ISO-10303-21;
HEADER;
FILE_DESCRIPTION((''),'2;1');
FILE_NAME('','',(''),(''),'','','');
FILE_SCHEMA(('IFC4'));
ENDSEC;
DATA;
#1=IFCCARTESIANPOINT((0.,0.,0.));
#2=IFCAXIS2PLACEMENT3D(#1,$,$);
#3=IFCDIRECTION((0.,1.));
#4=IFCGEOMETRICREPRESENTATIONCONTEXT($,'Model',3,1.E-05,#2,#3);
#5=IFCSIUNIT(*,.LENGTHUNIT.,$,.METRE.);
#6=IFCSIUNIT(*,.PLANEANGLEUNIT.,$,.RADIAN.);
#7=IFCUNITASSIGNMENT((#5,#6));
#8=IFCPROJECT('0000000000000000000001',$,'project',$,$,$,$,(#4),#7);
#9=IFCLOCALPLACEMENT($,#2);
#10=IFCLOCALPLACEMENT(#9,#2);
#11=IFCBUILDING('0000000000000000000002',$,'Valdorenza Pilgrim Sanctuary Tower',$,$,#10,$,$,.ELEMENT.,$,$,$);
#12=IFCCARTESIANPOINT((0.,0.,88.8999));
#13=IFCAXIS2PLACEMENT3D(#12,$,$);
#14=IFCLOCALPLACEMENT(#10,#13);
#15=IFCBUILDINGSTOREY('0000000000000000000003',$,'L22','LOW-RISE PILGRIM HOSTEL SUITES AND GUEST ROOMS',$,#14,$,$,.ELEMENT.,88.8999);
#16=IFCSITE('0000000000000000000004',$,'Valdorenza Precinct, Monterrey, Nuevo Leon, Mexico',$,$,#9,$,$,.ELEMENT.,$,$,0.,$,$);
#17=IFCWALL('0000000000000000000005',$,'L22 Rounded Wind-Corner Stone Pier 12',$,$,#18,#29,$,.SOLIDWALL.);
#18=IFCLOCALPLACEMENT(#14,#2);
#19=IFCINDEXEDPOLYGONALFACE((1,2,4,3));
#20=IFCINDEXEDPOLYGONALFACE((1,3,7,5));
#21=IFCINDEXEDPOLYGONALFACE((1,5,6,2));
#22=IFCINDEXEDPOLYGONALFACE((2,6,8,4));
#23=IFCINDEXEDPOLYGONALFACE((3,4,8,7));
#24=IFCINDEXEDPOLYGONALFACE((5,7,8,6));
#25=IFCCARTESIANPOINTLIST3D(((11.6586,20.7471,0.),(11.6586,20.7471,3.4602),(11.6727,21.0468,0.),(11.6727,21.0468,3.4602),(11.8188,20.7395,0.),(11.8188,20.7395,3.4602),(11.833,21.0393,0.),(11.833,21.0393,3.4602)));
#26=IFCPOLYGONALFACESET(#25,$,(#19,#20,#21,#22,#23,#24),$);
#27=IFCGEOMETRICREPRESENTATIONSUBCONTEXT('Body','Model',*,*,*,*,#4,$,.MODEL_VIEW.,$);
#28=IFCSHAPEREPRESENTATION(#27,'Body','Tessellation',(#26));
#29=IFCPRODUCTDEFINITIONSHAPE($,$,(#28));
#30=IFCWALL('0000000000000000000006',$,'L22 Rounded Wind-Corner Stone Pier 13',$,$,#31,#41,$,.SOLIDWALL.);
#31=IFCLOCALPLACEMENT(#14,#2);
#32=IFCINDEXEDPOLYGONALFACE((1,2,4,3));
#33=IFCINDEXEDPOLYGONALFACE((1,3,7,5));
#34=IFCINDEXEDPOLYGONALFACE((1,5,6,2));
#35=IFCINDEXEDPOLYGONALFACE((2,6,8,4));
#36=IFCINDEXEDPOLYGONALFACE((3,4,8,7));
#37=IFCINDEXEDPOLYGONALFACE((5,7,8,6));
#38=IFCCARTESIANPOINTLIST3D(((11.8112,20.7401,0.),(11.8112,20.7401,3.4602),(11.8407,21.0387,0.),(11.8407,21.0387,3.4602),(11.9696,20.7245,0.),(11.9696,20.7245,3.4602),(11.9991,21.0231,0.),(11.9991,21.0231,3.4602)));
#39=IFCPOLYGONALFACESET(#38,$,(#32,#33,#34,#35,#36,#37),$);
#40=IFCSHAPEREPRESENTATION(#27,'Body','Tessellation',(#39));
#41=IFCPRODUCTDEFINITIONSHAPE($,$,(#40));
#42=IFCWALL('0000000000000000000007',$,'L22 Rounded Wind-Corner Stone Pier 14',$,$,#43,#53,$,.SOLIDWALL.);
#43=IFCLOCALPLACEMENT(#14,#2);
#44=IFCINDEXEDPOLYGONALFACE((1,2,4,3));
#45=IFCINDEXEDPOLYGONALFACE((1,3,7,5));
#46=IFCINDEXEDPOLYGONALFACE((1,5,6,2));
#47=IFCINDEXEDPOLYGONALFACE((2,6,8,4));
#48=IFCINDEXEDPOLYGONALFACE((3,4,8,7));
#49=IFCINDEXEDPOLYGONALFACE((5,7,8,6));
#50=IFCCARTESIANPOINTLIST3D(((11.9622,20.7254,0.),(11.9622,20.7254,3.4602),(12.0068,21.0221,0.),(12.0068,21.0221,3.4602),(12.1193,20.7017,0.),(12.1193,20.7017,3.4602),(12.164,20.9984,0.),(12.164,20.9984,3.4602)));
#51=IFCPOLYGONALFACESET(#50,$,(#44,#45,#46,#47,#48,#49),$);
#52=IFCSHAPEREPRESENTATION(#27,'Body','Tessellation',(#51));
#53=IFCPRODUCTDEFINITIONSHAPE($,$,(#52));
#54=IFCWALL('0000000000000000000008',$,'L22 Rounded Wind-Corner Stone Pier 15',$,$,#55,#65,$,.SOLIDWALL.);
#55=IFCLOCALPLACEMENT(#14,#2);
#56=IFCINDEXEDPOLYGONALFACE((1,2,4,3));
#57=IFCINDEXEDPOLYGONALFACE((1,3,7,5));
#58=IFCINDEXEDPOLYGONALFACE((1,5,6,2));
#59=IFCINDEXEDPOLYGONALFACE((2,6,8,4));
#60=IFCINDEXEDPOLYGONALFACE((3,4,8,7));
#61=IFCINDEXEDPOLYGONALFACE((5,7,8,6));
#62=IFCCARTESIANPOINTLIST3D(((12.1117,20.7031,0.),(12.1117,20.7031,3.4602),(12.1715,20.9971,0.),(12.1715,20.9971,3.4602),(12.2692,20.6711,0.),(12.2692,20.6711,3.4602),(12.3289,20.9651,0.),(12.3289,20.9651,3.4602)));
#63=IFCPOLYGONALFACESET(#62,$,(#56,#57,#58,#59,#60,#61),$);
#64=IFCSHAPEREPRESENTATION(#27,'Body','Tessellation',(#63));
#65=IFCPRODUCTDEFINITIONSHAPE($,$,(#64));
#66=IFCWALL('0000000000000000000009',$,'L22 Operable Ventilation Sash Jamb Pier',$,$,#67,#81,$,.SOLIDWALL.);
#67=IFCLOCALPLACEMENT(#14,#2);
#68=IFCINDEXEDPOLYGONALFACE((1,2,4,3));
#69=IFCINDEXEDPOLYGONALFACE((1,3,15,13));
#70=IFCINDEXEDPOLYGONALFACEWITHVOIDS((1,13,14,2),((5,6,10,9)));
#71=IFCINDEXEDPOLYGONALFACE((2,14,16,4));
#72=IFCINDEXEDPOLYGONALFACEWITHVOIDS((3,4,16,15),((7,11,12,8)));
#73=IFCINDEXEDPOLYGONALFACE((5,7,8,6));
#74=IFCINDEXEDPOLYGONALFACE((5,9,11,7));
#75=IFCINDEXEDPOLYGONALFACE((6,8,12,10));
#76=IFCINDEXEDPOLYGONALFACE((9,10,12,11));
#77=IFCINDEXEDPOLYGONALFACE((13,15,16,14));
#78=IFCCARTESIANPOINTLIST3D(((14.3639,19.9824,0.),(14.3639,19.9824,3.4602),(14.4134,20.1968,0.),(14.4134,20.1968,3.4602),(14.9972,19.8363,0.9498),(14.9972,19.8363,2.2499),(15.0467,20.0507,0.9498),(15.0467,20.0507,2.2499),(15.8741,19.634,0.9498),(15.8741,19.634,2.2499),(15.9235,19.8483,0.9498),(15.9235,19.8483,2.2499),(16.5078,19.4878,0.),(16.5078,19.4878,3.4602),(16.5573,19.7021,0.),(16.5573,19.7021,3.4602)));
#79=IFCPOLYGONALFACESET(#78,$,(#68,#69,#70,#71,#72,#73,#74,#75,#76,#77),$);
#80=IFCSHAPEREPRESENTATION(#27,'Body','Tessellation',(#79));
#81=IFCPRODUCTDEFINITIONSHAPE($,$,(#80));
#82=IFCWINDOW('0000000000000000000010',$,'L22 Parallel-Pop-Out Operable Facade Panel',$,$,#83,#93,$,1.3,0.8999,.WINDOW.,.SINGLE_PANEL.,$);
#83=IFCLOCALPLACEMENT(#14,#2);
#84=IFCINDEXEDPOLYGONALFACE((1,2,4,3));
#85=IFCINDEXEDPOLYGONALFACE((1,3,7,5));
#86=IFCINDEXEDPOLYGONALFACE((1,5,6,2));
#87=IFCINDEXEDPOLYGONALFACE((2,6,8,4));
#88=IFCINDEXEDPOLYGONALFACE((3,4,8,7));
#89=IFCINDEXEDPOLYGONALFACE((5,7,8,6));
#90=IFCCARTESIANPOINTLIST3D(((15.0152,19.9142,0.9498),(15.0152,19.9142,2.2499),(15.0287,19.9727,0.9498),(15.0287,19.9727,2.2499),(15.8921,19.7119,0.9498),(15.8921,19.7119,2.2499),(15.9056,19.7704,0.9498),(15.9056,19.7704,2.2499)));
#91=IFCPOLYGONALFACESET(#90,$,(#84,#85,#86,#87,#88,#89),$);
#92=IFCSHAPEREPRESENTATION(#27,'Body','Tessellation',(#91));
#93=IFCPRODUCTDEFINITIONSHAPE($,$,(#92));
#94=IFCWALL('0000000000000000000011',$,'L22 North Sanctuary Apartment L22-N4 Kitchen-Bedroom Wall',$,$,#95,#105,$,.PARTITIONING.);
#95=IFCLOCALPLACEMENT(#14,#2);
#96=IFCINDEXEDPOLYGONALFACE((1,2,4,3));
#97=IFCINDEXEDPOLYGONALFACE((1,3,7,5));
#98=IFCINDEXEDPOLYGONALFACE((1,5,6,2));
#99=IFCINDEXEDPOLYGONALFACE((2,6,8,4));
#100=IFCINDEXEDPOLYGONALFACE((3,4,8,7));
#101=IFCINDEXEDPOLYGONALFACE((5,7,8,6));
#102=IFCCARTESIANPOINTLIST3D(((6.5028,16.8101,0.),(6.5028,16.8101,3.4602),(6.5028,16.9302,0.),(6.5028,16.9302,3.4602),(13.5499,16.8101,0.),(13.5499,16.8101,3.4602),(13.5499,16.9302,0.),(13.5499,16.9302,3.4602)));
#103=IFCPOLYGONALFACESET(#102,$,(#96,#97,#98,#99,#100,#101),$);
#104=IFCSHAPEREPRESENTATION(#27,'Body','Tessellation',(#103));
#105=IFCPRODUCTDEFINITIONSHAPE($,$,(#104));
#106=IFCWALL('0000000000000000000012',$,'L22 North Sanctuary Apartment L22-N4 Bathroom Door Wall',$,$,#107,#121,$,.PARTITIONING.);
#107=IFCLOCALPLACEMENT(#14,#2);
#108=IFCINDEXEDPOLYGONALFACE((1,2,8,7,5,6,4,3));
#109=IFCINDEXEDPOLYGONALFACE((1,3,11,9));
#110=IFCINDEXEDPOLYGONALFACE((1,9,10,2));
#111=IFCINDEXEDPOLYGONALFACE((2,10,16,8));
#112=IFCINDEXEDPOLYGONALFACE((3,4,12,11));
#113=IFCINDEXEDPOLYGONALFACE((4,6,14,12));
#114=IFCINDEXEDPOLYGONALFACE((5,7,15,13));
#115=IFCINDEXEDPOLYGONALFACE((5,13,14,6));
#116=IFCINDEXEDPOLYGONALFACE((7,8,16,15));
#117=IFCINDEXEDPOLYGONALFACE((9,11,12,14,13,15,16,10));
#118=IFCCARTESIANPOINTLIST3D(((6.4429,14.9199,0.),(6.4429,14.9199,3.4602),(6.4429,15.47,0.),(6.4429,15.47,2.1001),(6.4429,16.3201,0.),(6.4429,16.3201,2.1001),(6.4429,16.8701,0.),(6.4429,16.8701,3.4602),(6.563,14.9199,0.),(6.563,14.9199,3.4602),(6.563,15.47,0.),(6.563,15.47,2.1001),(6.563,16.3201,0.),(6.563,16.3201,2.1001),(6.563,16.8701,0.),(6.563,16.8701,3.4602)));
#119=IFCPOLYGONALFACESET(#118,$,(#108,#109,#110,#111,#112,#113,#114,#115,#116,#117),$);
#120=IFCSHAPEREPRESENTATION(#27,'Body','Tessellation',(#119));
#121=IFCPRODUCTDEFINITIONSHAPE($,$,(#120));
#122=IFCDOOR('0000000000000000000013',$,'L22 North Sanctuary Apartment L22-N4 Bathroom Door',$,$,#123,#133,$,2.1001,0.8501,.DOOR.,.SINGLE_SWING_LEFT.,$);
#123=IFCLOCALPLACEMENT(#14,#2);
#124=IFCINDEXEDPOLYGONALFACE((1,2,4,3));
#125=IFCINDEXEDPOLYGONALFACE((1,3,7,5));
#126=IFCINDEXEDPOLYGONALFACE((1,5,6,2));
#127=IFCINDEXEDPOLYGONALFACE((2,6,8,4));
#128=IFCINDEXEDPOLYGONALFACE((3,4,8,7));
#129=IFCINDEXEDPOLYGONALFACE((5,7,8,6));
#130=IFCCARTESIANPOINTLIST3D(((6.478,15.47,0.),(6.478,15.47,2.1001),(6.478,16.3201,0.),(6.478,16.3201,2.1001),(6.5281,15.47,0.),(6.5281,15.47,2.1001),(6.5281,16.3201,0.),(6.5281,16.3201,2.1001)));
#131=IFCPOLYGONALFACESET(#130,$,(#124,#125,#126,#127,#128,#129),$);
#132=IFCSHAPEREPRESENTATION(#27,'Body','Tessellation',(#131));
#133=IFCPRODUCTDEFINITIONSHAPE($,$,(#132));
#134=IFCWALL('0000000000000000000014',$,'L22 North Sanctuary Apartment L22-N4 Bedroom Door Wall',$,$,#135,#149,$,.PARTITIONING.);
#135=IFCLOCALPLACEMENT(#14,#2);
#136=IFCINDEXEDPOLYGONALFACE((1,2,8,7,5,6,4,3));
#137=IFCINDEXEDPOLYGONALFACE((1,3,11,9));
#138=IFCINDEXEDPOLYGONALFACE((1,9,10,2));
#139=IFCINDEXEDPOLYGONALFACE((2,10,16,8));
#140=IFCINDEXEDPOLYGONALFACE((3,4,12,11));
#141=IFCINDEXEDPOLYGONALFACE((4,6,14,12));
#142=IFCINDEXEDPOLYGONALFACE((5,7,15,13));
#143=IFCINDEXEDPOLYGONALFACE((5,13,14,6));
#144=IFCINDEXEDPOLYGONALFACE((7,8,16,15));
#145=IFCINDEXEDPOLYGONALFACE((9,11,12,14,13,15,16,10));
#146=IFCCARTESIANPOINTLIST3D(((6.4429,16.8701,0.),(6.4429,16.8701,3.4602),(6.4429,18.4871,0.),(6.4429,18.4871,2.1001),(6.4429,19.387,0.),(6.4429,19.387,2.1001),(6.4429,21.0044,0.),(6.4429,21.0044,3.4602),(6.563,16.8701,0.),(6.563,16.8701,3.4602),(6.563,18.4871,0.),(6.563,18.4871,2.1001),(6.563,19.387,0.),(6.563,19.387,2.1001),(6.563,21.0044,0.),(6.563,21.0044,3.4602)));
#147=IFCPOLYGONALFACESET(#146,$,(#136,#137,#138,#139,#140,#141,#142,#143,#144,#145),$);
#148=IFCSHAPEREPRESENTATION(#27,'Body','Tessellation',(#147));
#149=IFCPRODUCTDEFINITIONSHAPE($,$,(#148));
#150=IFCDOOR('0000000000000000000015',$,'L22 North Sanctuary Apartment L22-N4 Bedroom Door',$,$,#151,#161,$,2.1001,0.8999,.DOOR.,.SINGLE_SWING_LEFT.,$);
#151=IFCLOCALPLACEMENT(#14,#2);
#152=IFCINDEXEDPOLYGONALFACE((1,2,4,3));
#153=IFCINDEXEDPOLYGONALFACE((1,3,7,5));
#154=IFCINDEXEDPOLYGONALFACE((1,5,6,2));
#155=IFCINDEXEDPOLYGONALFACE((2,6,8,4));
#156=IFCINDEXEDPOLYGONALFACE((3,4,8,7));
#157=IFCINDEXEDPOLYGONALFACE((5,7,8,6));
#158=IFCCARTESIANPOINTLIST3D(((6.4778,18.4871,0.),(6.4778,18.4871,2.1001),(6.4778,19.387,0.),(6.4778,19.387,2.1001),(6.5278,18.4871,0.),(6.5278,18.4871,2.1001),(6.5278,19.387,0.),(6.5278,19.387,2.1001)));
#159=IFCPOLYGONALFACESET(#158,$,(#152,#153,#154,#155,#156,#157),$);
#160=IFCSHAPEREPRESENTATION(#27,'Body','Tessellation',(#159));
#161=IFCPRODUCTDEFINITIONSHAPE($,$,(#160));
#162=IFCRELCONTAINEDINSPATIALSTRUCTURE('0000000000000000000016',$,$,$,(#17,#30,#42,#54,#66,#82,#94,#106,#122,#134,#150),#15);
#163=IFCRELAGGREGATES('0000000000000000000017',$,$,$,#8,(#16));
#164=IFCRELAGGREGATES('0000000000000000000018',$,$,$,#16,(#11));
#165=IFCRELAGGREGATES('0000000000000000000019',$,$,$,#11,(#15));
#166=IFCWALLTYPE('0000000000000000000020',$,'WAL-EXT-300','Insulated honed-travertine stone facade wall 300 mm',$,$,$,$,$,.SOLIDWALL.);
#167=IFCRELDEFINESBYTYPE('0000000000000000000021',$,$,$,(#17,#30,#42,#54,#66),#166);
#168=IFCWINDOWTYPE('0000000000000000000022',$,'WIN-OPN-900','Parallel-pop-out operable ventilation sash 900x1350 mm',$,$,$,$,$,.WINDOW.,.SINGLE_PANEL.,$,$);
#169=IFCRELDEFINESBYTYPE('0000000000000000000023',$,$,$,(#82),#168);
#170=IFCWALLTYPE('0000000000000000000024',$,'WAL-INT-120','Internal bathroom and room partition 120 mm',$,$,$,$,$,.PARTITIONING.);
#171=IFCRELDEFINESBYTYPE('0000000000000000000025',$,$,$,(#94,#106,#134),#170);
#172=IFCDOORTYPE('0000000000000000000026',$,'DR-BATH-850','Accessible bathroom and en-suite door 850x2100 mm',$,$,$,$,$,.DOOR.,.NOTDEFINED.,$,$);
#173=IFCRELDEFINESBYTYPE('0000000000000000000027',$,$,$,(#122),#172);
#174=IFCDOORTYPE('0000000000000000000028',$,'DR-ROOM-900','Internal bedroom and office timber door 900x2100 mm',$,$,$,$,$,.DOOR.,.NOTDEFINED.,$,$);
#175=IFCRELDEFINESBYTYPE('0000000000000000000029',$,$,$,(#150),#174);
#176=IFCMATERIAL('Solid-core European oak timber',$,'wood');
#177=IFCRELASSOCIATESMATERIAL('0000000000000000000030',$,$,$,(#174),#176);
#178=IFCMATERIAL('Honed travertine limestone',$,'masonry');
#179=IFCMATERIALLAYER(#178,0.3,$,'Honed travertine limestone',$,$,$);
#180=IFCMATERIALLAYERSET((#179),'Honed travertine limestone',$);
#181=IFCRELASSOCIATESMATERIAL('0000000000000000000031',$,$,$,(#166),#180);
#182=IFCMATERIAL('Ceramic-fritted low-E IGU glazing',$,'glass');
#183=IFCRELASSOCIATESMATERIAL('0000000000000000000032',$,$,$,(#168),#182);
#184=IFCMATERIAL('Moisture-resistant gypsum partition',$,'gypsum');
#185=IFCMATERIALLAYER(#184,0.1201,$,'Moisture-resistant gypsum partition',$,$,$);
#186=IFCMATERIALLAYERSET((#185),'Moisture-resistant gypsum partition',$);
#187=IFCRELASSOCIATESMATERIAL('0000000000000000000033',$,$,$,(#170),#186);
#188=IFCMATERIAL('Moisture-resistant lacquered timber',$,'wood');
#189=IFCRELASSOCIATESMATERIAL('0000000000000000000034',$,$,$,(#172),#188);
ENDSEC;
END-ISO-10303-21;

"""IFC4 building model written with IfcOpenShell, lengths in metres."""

from ifc_helpers import new_model, si_unit, direction, frame, frame_2d, origin, place, context, subcontext, project, spatial, rectangle, extrude, material, layer, layer_set, type_object, element, fill, save


model = new_model("IFC4")

# Units and contexts
model_context = context("Model", 3, precision=1e-05, world=origin(), true_north=direction((0.0, 1.0)))
body_context = subcontext(model_context, "Body", "Model", "MODEL_VIEW")
ifc_project = project(units=[si_unit("LENGTHUNIT", "METRE"), si_unit("PLANEANGLEUNIT", "RADIAN")], contexts=[model_context])

# Site, building, storey
site_placement = place(None, origin())
site = spatial("IfcSite", under=ifc_project, at=site_placement, Name="Valdorenza Precinct, Monterrey, Nuevo Leon, Mexico", CompositionType="ELEMENT", RefElevation=0.0)
building_placement = place(site_placement, origin())
building = spatial("IfcBuilding", under=site, at=building_placement, Name="Valdorenza Pilgrim Sanctuary Tower", CompositionType="ELEMENT")
storey_placement = place(building_placement, frame((0.0, 0.0, 88.8999)))
storey = spatial("IfcBuildingStorey", under=building, at=storey_placement, Name="L22", Description="LOW-RISE PILGRIM HOSTEL SUITES AND GUEST ROOMS", CompositionType="ELEMENT", Elevation=88.8999)

# Shared definitions
ifc_material_1 = material(Name="Ceramic-fritted low-E IGU glazing", Category="glass")
ifc_material_2 = material(Name="Honed travertine limestone", Category="masonry")

# Shared definitions
ifc_material_3 = material(Name="Solid-core European oak timber", Category="wood")
door_type_1 = type_object("IfcDoorType", Name="DR-ROOM-900", Description="Internal bedroom and office timber door 900x2100 mm", OperationType="NOTDEFINED", PredefinedType="DOOR", material=ifc_material_3)

# Walls
ifc_layer_1 = layer(ifc_material_2, 0.3, Name="Honed travertine limestone")
ifc_layer_set_1 = layer_set([ifc_layer_1], Name="Honed travertine limestone")
wall_type_1 = type_object("IfcWallType", Name="WAL-EXT-300", Description="Insulated honed-travertine stone facade wall 300 mm", PredefinedType="SOLIDWALL", material=ifc_layer_set_1)
wall_1_placement = place(storey_placement, frame((11.6658, 20.897, 0.0), z_axis=(0.0, 0.0, 1.0), x_axis=(0.998885, -0.047203, 0.0)))
element("IfcWall", 1, at=wall_1_placement, inside=storey, type_object=wall_type_1, Name="L22 Rounded Wind-Corner Stone Pier 12", PredefinedType="SOLIDWALL", context=body_context, shape_type="SweptSolid", body=[
    extrude(rectangle(XDim=0.1604, YDim=0.3, at=frame_2d((0.0801, 0.0))), origin(), (0.0, 0.0, 1.0), 3.4602),
])
wall_2_placement = place(storey_placement, frame((11.8259, 20.8894, 0.0), z_axis=(0.0, 0.0, 1.0), x_axis=(0.995173, -0.098137, 0.0)))
element("IfcWall", 2, at=wall_2_placement, inside=storey, type_object=wall_type_1, Name="L22 Rounded Wind-Corner Stone Pier 13", PredefinedType="SOLIDWALL", context=body_context, shape_type="SweptSolid", body=[
    extrude(rectangle(XDim=0.1592, YDim=0.3, at=frame_2d((0.0796, 0.0))), origin(), (0.0, 0.0, 1.0), 3.4602),
])
wall_3_placement = place(storey_placement, frame((11.9844, 20.8738, 0.0), z_axis=(0.0, 0.0, 1.0), x_axis=(0.988846, -0.148941, 0.0)))
element("IfcWall", 3, at=wall_3_placement, inside=storey, type_object=wall_type_1, Name="L22 Rounded Wind-Corner Stone Pier 14", PredefinedType="SOLIDWALL", context=body_context, shape_type="SweptSolid", body=[
    extrude(rectangle(XDim=0.1589, YDim=0.3, at=frame_2d((0.0796, 0.0))), origin(), (0.0, 0.0, 1.0), 3.4602),
])
wall_4_placement = place(storey_placement, frame((12.1416, 20.8501, 0.0), z_axis=(0.0, 0.0, 1.0), x_axis=(0.979992, -0.199037, 0.0)))
element("IfcWall", 4, at=wall_4_placement, inside=storey, type_object=wall_type_1, Name="L22 Rounded Wind-Corner Stone Pier 15", PredefinedType="SOLIDWALL", context=body_context, shape_type="SweptSolid", body=[
    extrude(rectangle(XDim=0.1606, YDim=0.3, at=frame_2d((0.0803, 0.0))), origin(), (0.0, 0.0, 1.0), 3.4602),
])

# Wall, opening, window
wall_5_placement = place(storey_placement, frame((14.3887, 20.0896, 0.0), z_axis=(0.0, 0.0, 1.0), x_axis=(0.974401, -0.224819, 0.0)))
wall_5 = element("IfcWall", 5, at=wall_5_placement, inside=storey, type_object=wall_type_1, Name="L22 Operable Ventilation Sash Jamb Pier", PredefinedType="SOLIDWALL", context=body_context, shape_type="SweptSolid", body=[
    extrude(rectangle(XDim=2.2002, YDim=0.22, at=frame_2d((1.1001, 0.0))), origin(), (0.0, 0.0, 1.0), 3.4602),
])
opening_1_placement = place(wall_5_placement, frame((0.6499, 0.0, 0.95)))
opening_1 = element("IfcOpeningElement", 6, at=opening_1_placement, cuts=wall_5, PredefinedType="OPENING", context=body_context, shape_type="SweptSolid", body=[
    extrude(rectangle(XDim=0.8999, YDim=1.3, at=frame_2d((0.45, 0.6499))), frame((0.0, 0.125, 0.0), z_axis=(0.0, -1.0, 0.0), x_axis=(1.0, 0.0, 0.0)), (0.0, 0.0, 1.0), 0.2498),
])
window_type = type_object("IfcWindowType", Name="WIN-OPN-900", Description="Parallel-pop-out operable ventilation sash 900x1350 mm", PartitioningType="SINGLE_PANEL", PredefinedType="WINDOW", material=ifc_material_1)
window_placement = place(opening_1_placement, origin())
window = element("IfcWindow", 7, at=window_placement, inside=storey, type_object=window_type, Name="L22 Parallel-Pop-Out Operable Facade Panel", OverallHeight=1.3, OverallWidth=0.8999, PartitioningType="SINGLE_PANEL", PredefinedType="WINDOW", context=body_context, shape_type="SweptSolid", body=[
    extrude(rectangle(XDim=0.8999, YDim=1.3, at=frame_2d((0.45, 0.6499))), frame((0.0, 0.03, 0.0), z_axis=(0.0, -1.0, 0.0), x_axis=(1.0, 0.0, 0.0)), (0.0, 0.0, 1.0), 0.0601),
])
fill(opening_1, window)

# Wall
ifc_material_4 = material(Name="Moisture-resistant gypsum partition", Category="gypsum")
ifc_layer_2 = layer(ifc_material_4, 0.1201, Name="Moisture-resistant gypsum partition")
ifc_layer_set_2 = layer_set([ifc_layer_2], Name="Moisture-resistant gypsum partition")
wall_type_2 = type_object("IfcWallType", Name="WAL-INT-120", Description="Internal bathroom and room partition 120 mm", PredefinedType="PARTITIONING", material=ifc_layer_set_2)
wall_6_placement = place(storey_placement, frame((6.5029, 16.8701, 0.0), z_axis=(0.0, 0.0, 1.0), x_axis=(1.0, 0.0, 0.0)))
element("IfcWall", 8, at=wall_6_placement, inside=storey, type_object=wall_type_2, Name="L22 North Sanctuary Apartment L22-N4 Kitchen-Bedroom Wall", PredefinedType="PARTITIONING", context=body_context, shape_type="SweptSolid", body=[
    extrude(rectangle(XDim=7.0471, YDim=0.1201, at=frame_2d((3.5234, 0.0))), origin(), (0.0, 0.0, 1.0), 3.4602),
])

# Walls, openings, doors
wall_7_placement = place(storey_placement, frame((6.5029, 14.9199, 0.0), z_axis=(0.0, 0.0, 1.0), x_axis=(0.0, 1.0, 0.0)))
wall_7 = element("IfcWall", 9, at=wall_7_placement, inside=storey, type_object=wall_type_2, Name="L22 North Sanctuary Apartment L22-N4 Bathroom Door Wall", PredefinedType="PARTITIONING", context=body_context, shape_type="SweptSolid", body=[
    extrude(rectangle(XDim=1.9502, YDim=0.1201, at=frame_2d((0.9751, 0.0))), origin(), (0.0, 0.0, 1.0), 3.4602),
])
opening_2_placement = place(wall_7_placement, frame((0.55, 0.0, 0.0)))
opening_2 = element("IfcOpeningElement", 10, at=opening_2_placement, cuts=wall_7, PredefinedType="OPENING", context=body_context, shape_type="SweptSolid", body=[
    extrude(rectangle(XDim=0.8501, YDim=2.1001, at=frame_2d((0.425, 1.05))), frame((0.0, 0.075, 0.0), z_axis=(0.0, -1.0, 0.0), x_axis=(1.0, 0.0, 0.0)), (0.0, 0.0, 1.0), 0.1499),
])
ifc_material_5 = material(Name="Moisture-resistant lacquered timber", Category="wood")
door_type_2 = type_object("IfcDoorType", Name="DR-BATH-850", Description="Accessible bathroom and en-suite door 850x2100 mm", OperationType="NOTDEFINED", PredefinedType="DOOR", material=ifc_material_5)
door_1_placement = place(opening_2_placement, origin())
door_1 = element("IfcDoor", 11, at=door_1_placement, inside=storey, type_object=door_type_2, Name="L22 North Sanctuary Apartment L22-N4 Bathroom Door", OperationType="SINGLE_SWING_LEFT", OverallHeight=2.1001, OverallWidth=0.8501, PredefinedType="DOOR", context=body_context, shape_type="SweptSolid", body=[
    extrude(rectangle(XDim=0.8501, YDim=2.1001, at=frame_2d((0.425, 1.05))), frame((0.0, 0.0249, 0.0), z_axis=(0.0, -1.0, 0.0), x_axis=(1.0, 0.0, 0.0)), (0.0, 0.0, 1.0), 0.05),
])
fill(opening_2, door_1)
wall_8_placement = place(storey_placement, frame((6.5029, 16.8701, 0.0), z_axis=(0.0, 0.0, 1.0), x_axis=(0.0, 1.0, 0.0)))
wall_8 = element("IfcWall", 12, at=wall_8_placement, inside=storey, type_object=wall_type_2, Name="L22 North Sanctuary Apartment L22-N4 Bedroom Door Wall", PredefinedType="PARTITIONING", context=body_context, shape_type="SweptSolid", body=[
    extrude(rectangle(XDim=4.1343, YDim=0.1201, at=frame_2d((2.0671, 0.0))), origin(), (0.0, 0.0, 1.0), 3.4602),
])
opening_3_placement = place(wall_8_placement, frame((1.6169, 0.0, 0.0)))
opening_3 = element("IfcOpeningElement", 13, at=opening_3_placement, cuts=wall_8, PredefinedType="OPENING", context=body_context, shape_type="SweptSolid", body=[
    extrude(rectangle(XDim=0.8999, YDim=2.1001, at=frame_2d((0.45, 1.05))), frame((0.0, 0.075, 0.0), z_axis=(0.0, -1.0, 0.0), x_axis=(1.0, 0.0, 0.0)), (0.0, 0.0, 1.0), 0.1499),
])
door_2_placement = place(opening_3_placement, frame((0.8999, 0.0, 0.0), z_axis=(0.0, 0.0, 1.0), x_axis=(-1.0, 0.0, 0.0)))
door_2 = element("IfcDoor", 14, at=door_2_placement, inside=storey, type_object=door_type_1, Name="L22 North Sanctuary Apartment L22-N4 Bedroom Door", OperationType="SINGLE_SWING_LEFT", OverallHeight=2.1001, OverallWidth=0.8999, PredefinedType="DOOR", context=body_context, shape_type="SweptSolid", body=[
    extrude(rectangle(XDim=0.8999, YDim=2.1001, at=frame_2d((0.45, 1.05))), frame((0.0, 0.0249, 0.0), z_axis=(0.0, -1.0, 0.0), x_axis=(1.0, 0.0, 0.0)), (0.0, 0.0, 1.0), 0.05),
])
fill(opening_3, door_2)

save(model, "model.ifc")
